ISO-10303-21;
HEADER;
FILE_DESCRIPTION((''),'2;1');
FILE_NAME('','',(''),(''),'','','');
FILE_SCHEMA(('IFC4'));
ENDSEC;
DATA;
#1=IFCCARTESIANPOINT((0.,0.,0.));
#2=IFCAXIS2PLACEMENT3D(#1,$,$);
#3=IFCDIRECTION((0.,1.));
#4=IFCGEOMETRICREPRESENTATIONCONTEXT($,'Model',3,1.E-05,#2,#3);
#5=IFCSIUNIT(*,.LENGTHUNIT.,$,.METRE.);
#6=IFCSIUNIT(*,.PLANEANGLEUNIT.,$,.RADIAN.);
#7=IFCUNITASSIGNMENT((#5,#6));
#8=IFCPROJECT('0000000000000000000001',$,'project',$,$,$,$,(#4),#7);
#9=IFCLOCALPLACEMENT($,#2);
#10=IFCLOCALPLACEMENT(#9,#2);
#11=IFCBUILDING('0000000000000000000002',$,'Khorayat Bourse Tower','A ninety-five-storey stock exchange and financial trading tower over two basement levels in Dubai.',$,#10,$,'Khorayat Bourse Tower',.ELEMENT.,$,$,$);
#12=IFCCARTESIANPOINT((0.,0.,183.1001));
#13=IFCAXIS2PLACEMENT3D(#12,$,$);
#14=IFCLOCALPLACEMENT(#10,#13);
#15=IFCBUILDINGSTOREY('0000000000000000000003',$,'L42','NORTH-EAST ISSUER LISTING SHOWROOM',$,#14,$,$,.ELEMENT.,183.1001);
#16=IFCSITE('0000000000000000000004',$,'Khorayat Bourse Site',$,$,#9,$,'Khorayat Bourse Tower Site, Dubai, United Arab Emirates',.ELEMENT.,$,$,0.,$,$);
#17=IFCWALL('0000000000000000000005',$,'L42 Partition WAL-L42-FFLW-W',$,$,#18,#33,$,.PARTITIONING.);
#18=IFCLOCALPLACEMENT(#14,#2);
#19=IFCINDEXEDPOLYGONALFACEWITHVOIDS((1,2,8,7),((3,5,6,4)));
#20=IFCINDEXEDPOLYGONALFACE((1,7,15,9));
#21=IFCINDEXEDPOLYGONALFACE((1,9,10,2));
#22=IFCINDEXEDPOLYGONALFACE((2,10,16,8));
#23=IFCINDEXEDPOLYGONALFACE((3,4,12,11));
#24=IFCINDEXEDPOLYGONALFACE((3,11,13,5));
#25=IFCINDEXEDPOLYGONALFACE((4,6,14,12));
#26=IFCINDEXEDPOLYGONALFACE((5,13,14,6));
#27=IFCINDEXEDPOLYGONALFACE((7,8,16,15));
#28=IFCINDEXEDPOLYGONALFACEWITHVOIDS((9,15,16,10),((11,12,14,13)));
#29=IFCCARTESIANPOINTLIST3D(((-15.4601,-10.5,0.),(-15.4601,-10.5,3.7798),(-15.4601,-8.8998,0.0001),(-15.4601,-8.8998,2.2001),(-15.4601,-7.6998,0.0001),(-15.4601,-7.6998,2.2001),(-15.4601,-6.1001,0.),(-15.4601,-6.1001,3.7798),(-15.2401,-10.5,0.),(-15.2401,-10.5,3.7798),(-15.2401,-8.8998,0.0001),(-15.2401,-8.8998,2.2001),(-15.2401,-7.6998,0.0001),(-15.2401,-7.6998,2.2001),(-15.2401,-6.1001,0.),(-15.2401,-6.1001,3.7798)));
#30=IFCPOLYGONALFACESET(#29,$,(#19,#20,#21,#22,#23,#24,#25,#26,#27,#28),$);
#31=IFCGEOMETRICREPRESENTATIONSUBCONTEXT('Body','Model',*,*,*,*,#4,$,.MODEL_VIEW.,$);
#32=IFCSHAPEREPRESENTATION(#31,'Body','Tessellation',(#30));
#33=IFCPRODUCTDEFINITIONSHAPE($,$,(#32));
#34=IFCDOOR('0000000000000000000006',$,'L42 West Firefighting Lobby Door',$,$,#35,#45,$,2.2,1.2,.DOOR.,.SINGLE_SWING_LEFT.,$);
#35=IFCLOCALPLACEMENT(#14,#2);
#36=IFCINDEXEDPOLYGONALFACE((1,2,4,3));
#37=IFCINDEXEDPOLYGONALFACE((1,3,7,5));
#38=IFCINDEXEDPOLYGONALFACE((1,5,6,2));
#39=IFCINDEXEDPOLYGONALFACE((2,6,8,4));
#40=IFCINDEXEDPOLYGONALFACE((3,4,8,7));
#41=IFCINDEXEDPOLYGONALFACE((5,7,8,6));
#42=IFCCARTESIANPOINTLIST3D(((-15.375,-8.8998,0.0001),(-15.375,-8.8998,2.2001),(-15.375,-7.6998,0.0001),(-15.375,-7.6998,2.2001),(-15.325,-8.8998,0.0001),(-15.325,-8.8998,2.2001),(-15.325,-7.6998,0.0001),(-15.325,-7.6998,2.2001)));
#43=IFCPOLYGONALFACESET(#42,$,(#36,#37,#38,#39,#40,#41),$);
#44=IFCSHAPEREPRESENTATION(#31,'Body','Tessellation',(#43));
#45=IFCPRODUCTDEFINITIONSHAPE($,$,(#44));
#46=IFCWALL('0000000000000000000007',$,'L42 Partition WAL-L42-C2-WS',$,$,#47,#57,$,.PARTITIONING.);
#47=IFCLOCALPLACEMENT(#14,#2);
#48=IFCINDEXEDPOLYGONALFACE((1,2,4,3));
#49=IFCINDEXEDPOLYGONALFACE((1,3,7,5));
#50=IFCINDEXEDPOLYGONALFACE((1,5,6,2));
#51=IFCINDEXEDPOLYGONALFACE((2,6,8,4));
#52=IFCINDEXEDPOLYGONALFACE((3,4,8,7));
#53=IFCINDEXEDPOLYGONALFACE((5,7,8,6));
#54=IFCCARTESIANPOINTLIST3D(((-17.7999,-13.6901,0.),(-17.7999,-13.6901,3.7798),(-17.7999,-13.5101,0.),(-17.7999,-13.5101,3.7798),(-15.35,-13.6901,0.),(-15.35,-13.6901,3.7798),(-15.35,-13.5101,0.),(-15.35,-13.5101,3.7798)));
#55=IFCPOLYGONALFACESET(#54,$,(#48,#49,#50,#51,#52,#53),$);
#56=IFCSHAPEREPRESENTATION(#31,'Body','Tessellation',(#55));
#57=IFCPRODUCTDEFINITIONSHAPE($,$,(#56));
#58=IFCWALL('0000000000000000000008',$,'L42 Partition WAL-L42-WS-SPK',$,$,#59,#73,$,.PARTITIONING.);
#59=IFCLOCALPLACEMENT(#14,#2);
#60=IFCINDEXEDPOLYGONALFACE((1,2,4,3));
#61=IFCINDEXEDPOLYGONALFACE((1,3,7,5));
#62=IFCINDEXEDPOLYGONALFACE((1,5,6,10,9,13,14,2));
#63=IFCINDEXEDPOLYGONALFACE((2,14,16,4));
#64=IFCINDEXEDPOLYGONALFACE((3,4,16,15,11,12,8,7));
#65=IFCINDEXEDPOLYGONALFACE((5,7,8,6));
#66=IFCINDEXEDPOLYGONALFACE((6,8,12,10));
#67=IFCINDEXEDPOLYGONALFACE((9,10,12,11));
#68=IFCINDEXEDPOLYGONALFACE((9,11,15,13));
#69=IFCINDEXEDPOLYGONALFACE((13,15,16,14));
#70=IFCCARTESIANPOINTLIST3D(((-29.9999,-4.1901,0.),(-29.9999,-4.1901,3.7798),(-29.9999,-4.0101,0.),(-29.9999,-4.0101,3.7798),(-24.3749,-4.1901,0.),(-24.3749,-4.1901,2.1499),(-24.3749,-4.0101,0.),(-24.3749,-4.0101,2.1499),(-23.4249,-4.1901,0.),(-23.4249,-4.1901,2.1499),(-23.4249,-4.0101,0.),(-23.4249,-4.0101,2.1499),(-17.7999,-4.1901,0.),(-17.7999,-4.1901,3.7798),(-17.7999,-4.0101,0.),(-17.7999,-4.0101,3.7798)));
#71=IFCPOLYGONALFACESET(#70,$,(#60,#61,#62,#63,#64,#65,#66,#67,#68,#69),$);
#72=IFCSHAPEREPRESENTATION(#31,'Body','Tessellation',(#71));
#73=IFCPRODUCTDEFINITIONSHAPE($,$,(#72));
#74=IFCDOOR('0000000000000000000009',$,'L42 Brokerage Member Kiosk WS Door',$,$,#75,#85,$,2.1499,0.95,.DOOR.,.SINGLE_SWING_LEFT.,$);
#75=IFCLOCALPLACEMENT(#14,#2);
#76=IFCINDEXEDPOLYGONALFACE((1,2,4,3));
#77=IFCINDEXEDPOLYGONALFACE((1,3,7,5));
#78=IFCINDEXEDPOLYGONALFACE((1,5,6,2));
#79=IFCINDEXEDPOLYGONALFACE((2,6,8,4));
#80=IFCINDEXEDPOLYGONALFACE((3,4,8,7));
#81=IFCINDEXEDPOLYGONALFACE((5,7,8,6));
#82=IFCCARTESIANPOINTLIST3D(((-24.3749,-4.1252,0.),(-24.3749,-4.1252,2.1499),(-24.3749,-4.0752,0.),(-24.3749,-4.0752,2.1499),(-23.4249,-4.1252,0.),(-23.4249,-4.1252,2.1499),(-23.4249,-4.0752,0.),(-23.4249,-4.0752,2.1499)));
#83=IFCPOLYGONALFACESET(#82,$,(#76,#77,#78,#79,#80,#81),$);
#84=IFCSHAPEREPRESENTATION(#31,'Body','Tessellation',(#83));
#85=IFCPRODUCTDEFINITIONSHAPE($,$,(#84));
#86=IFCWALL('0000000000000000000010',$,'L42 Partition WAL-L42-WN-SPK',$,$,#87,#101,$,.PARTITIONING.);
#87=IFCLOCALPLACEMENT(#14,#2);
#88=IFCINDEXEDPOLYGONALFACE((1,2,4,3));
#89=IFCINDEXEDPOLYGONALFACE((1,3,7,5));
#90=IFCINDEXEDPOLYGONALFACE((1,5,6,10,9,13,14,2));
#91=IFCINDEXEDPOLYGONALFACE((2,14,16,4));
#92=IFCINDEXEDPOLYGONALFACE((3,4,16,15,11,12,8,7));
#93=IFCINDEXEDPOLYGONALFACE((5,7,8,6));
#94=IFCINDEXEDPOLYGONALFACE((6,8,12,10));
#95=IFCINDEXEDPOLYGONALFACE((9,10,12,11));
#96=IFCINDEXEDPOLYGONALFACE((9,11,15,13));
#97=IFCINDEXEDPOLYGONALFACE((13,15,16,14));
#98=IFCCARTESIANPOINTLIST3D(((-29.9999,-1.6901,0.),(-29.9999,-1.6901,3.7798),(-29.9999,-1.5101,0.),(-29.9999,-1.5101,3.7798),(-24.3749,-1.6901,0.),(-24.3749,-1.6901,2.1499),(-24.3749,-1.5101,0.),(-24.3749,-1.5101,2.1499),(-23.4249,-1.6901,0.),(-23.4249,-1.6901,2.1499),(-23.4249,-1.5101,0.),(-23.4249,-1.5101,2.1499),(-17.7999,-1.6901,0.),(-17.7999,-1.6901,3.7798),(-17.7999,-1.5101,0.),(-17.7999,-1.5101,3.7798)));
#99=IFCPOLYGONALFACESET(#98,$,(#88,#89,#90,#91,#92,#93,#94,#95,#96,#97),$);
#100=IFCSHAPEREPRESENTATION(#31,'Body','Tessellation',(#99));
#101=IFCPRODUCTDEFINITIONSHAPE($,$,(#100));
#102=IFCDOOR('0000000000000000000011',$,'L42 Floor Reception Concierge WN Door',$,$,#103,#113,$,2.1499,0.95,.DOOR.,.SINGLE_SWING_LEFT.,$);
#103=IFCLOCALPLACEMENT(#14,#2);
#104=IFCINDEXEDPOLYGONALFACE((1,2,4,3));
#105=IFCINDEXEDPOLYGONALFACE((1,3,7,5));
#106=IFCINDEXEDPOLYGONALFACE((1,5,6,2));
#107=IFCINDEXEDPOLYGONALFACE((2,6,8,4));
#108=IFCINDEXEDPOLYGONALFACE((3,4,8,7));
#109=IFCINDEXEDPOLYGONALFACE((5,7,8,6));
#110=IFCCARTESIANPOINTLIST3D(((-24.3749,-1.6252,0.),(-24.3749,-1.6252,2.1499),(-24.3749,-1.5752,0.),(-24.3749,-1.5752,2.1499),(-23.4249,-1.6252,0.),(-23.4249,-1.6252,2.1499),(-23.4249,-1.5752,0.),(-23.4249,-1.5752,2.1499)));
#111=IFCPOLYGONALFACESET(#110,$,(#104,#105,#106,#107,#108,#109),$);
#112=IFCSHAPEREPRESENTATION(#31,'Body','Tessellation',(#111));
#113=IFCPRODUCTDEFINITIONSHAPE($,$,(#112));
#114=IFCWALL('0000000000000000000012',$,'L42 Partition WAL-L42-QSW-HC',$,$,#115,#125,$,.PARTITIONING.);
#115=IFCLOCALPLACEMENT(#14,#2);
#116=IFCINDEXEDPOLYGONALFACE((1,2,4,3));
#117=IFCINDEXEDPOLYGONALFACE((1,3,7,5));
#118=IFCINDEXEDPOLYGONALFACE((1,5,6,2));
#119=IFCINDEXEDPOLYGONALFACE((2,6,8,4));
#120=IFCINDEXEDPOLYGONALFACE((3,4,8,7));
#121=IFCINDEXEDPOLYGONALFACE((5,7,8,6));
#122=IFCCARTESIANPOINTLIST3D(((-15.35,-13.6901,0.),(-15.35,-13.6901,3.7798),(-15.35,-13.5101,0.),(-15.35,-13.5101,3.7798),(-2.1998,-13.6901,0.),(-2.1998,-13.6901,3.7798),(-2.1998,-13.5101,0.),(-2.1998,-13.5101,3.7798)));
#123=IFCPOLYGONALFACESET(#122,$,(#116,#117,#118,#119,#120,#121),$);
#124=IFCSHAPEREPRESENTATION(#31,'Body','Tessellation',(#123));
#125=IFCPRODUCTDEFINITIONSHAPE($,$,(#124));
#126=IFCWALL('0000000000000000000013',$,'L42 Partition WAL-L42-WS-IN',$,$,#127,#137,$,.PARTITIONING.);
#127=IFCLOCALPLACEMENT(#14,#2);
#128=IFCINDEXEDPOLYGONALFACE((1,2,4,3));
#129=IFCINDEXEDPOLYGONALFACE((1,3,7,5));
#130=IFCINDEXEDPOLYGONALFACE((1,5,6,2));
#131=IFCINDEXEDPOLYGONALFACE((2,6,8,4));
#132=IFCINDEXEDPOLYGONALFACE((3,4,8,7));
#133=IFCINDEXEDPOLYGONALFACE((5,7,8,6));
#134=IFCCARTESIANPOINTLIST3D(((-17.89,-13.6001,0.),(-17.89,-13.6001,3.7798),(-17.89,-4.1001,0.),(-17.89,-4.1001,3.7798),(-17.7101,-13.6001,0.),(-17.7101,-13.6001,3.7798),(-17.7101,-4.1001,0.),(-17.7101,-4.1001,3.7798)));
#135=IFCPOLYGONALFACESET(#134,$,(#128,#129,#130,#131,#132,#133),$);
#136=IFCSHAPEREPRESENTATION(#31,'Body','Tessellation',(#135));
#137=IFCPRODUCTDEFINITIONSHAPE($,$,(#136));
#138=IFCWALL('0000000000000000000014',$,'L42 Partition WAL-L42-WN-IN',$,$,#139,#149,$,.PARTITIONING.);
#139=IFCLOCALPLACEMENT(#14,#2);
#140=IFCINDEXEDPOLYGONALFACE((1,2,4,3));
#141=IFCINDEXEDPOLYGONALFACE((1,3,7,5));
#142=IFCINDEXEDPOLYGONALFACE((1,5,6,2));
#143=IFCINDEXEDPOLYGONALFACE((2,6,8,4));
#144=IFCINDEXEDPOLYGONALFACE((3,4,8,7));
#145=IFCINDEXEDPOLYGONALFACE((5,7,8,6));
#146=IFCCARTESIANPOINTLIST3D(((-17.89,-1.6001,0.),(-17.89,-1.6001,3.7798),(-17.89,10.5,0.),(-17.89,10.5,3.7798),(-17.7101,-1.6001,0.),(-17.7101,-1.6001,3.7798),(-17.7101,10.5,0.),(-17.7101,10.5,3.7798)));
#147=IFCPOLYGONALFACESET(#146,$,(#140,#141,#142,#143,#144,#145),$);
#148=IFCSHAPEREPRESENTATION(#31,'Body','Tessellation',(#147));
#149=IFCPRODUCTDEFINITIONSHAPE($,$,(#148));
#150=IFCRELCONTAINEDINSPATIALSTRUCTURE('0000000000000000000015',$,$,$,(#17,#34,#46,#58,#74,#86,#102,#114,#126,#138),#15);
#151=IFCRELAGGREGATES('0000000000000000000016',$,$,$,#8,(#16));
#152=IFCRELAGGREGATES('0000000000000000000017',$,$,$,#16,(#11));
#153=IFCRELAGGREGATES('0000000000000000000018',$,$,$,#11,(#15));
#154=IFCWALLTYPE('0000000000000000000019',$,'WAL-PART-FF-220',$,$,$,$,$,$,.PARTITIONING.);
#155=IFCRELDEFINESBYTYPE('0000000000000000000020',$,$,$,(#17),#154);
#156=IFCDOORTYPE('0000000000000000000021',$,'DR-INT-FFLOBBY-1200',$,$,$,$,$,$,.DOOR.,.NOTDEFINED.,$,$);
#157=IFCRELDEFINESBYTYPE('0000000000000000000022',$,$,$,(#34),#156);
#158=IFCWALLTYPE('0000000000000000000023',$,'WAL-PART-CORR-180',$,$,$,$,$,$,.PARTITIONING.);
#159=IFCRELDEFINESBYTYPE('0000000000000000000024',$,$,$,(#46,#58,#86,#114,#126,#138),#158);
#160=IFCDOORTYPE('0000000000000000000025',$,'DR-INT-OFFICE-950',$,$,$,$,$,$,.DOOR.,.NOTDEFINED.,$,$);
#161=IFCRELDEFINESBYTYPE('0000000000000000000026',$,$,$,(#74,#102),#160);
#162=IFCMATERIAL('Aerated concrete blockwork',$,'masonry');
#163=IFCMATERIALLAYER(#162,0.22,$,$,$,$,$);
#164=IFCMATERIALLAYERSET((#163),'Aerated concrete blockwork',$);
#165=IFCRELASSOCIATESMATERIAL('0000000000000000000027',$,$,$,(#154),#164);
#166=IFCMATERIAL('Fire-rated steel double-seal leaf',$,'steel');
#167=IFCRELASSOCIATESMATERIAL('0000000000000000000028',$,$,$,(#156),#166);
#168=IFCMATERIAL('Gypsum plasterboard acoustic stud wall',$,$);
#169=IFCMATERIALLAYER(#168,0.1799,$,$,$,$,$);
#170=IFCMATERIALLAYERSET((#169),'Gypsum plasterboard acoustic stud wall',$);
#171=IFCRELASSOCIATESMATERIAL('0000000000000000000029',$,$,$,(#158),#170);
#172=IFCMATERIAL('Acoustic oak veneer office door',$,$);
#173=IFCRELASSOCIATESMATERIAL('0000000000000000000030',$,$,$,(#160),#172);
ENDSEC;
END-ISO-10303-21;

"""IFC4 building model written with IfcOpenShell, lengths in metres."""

from ifc_helpers import new_model, si_unit, direction, frame, frame_2d, origin, place, context, subcontext, project, spatial, rectangle, extrude, source, transform, mapped, material, layer, layer_set, type_object, element, fill, save


model = new_model("IFC4")

# Units and contexts
model_context = context("Model", 3, precision=1e-05, world=origin(), true_north=direction((0.0, 1.0)))
body_context = subcontext(model_context, "Body", "Model", "MODEL_VIEW")
ifc_project = project(units=[si_unit("LENGTHUNIT", "METRE"), si_unit("PLANEANGLEUNIT", "RADIAN")], contexts=[model_context])

# Site, building, storey
site_placement = place(None, origin())
site = spatial("IfcSite", under=ifc_project, at=site_placement, Name="Khorayat Bourse Site", LongName="Khorayat Bourse Tower Site, Dubai, United Arab Emirates", CompositionType="ELEMENT", RefElevation=0.0)
building_placement = place(site_placement, origin())
building = spatial("IfcBuilding", under=site, at=building_placement, Name="Khorayat Bourse Tower", Description="A ninety-five-storey stock exchange and financial trading tower over two basement levels in Dubai.", LongName="Khorayat Bourse Tower", CompositionType="ELEMENT")
storey_placement = place(building_placement, frame((0.0, 0.0, 183.1001)))
storey = spatial("IfcBuildingStorey", under=building, at=storey_placement, Name="L42", Description="NORTH-EAST ISSUER LISTING SHOWROOM", CompositionType="ELEMENT", Elevation=183.1001)

# Shared definitions
ifc_material_1 = material(Name="Aerated concrete blockwork", Category="masonry")
ifc_layer_1 = layer(ifc_material_1, 0.22)
ifc_layer_set_1 = layer_set([ifc_layer_1], Name="Aerated concrete blockwork")
wall_type_1 = type_object("IfcWallType", Name="WAL-PART-FF-220", PredefinedType="PARTITIONING", material=ifc_layer_set_1)

# Wall, opening, door
shared_shape_1 = source(origin(), body_context, "Body", "SweptSolid", [
    extrude(rectangle(XDim=4.3999, YDim=0.22, at=frame_2d((2.2, 0.0))), origin(), (0.0, 0.0, 1.0), 3.7798),
])
wall_1_placement = place(storey_placement, frame((-15.3501, -10.5, 0.0), z_axis=(0.0, 0.0, 1.0), x_axis=(0.0, 1.0, 0.0)))
wall_1 = element("IfcWall", 1, at=wall_1_placement, inside=storey, type_object=wall_type_1, Name="L42 Partition WAL-L42-FFLW-W", PredefinedType="PARTITIONING", context=body_context, shape_type="MappedRepresentation", body=[
    mapped(shared_shape_1, transform((0.0, 0.0, 0.0), scale=1.0)),
])
shared_shape_2 = source(origin(), body_context, "Body", "SweptSolid", [
    extrude(rectangle(XDim=1.2, YDim=2.2, at=frame_2d((0.6001, 1.1001))), frame((0.0, 0.1199, 0.0), z_axis=(0.0, -1.0, 0.0), x_axis=(1.0, 0.0, 0.0)), (0.0, 0.0, 1.0), 0.24),
])
opening_1_placement = place(wall_1_placement, frame((1.6001, 0.0, 0.0)))
opening_1 = element("IfcOpeningElement", 2, at=opening_1_placement, cuts=wall_1, PredefinedType="OPENING", context=body_context, shape_type="MappedRepresentation", body=[
    mapped(shared_shape_2, transform((0.0, 0.0, 0.0), scale=1.0)),
])
ifc_material_2 = material(Name="Fire-rated steel double-seal leaf", Category="steel")
door_type_1 = type_object("IfcDoorType", Name="DR-INT-FFLOBBY-1200", OperationType="NOTDEFINED", PredefinedType="DOOR", material=ifc_material_2)
shared_shape_3 = source(origin(), body_context, "Body", "SweptSolid", [
    extrude(rectangle(XDim=1.2, YDim=2.2, at=frame_2d((0.6001, 1.1001))), frame((0.0, 0.0249, 0.0), z_axis=(0.0, -1.0, 0.0), x_axis=(1.0, 0.0, 0.0)), (0.0, 0.0, 1.0), 0.05),
])
door_1_placement = place(opening_1_placement, origin())
door_1 = element("IfcDoor", 3, at=door_1_placement, inside=storey, type_object=door_type_1, Name="L42 West Firefighting Lobby Door", OperationType="SINGLE_SWING_LEFT", OverallHeight=2.2, OverallWidth=1.2, PredefinedType="DOOR", context=body_context, shape_type="MappedRepresentation", body=[
    mapped(shared_shape_3, transform((0.0, 0.0, 0.0), scale=1.0)),
])
fill(opening_1, door_1)

# Wall
ifc_material_3 = material(Name="Gypsum plasterboard acoustic stud wall")
ifc_layer_2 = layer(ifc_material_3, 0.1799)
ifc_layer_set_2 = layer_set([ifc_layer_2], Name="Gypsum plasterboard acoustic stud wall")
wall_type_2 = type_object("IfcWallType", Name="WAL-PART-CORR-180", PredefinedType="PARTITIONING", material=ifc_layer_set_2)
shared_shape_4 = source(origin(), body_context, "Body", "SweptSolid", [
    extrude(rectangle(XDim=2.45, YDim=0.1799, at=frame_2d((1.2251, 0.0))), origin(), (0.0, 0.0, 1.0), 3.7798),
])
wall_2_placement = place(storey_placement, frame((-17.8, -13.6001, 0.0), z_axis=(0.0, 0.0, 1.0), x_axis=(1.0, 0.0, 0.0)))
element("IfcWall", 4, at=wall_2_placement, inside=storey, type_object=wall_type_2, Name="L42 Partition WAL-L42-C2-WS", PredefinedType="PARTITIONING", context=body_context, shape_type="MappedRepresentation", body=[
    mapped(shared_shape_4, transform((0.0, 0.0, 0.0), scale=1.0)),
])

# Walls, openings, doors
shared_shape_5 = source(origin(), body_context, "Body", "SweptSolid", [
    extrude(rectangle(XDim=12.2, YDim=0.1799, at=frame_2d((6.1001, 0.0))), origin(), (0.0, 0.0, 1.0), 3.7798),
])
wall_3_placement = place(storey_placement, frame((-30.0, -4.1001, 0.0), z_axis=(0.0, 0.0, 1.0), x_axis=(1.0, 0.0, 0.0)))
wall_3 = element("IfcWall", 5, at=wall_3_placement, inside=storey, type_object=wall_type_2, Name="L42 Partition WAL-L42-WS-SPK", PredefinedType="PARTITIONING", context=body_context, shape_type="MappedRepresentation", body=[
    mapped(shared_shape_5, transform((0.0, 0.0, 0.0), scale=1.0)),
])
shared_shape_6 = source(origin(), body_context, "Body", "SweptSolid", [
    extrude(rectangle(XDim=0.95, YDim=2.1499, at=frame_2d((0.4751, 1.075))), frame((0.0, 0.0999, 0.0), z_axis=(0.0, -1.0, 0.0), x_axis=(1.0, 0.0, 0.0)), (0.0, 0.0, 1.0), 0.2),
])
opening_2_placement = place(wall_3_placement, frame((5.625, 0.0, 0.0)))
opening_2 = element("IfcOpeningElement", 6, at=opening_2_placement, cuts=wall_3, PredefinedType="OPENING", context=body_context, shape_type="MappedRepresentation", body=[
    mapped(shared_shape_6, transform((0.0, 0.0, 0.0), scale=1.0)),
])
ifc_material_4 = material(Name="Acoustic oak veneer office door")
door_type_2 = type_object("IfcDoorType", Name="DR-INT-OFFICE-950", OperationType="NOTDEFINED", PredefinedType="DOOR", material=ifc_material_4)
shared_shape_7 = source(origin(), body_context, "Body", "SweptSolid", [
    extrude(rectangle(XDim=0.95, YDim=2.1499, at=frame_2d((0.4751, 1.075))), frame((0.0, 0.0249, 0.0), z_axis=(0.0, -1.0, 0.0), x_axis=(1.0, 0.0, 0.0)), (0.0, 0.0, 1.0), 0.05),
])
door_2_placement = place(opening_2_placement, origin())
door_2 = element("IfcDoor", 7, at=door_2_placement, inside=storey, type_object=door_type_2, Name="L42 Brokerage Member Kiosk WS Door", OperationType="SINGLE_SWING_LEFT", OverallHeight=2.1499, OverallWidth=0.95, PredefinedType="DOOR", context=body_context, shape_type="MappedRepresentation", body=[
    mapped(shared_shape_7, transform((0.0, 0.0, 0.0), scale=1.0)),
])
fill(opening_2, door_2)
wall_4_placement = place(storey_placement, frame((-30.0, -1.6001, 0.0), z_axis=(0.0, 0.0, 1.0), x_axis=(1.0, 0.0, 0.0)))
wall_4 = element("IfcWall", 8, at=wall_4_placement, inside=storey, type_object=wall_type_2, Name="L42 Partition WAL-L42-WN-SPK", PredefinedType="PARTITIONING", context=body_context, shape_type="MappedRepresentation", body=[
    mapped(shared_shape_5, transform((0.0, 0.0, 0.0), scale=1.0)),
])
opening_3_placement = place(wall_4_placement, frame((5.625, 0.0, 0.0)))
opening_3 = element("IfcOpeningElement", 9, at=opening_3_placement, cuts=wall_4, PredefinedType="OPENING", context=body_context, shape_type="MappedRepresentation", body=[
    mapped(shared_shape_6, transform((0.0, 0.0, 0.0), scale=1.0)),
])
door_3_placement = place(opening_3_placement, origin())
door_3 = element("IfcDoor", 10, at=door_3_placement, inside=storey, type_object=door_type_2, Name="L42 Floor Reception Concierge WN Door", OperationType="SINGLE_SWING_LEFT", OverallHeight=2.1499, OverallWidth=0.95, PredefinedType="DOOR", context=body_context, shape_type="MappedRepresentation", body=[
    mapped(shared_shape_7, transform((0.0, 0.0, 0.0), scale=1.0)),
])
fill(opening_3, door_3)

# Walls
shared_shape_8 = source(origin(), body_context, "Body", "SweptSolid", [
    extrude(rectangle(XDim=13.1501, YDim=0.1799, at=frame_2d((6.5752, 0.0))), origin(), (0.0, 0.0, 1.0), 3.7798),
])
wall_5_placement = place(storey_placement, frame((-15.3501, -13.6001, 0.0), z_axis=(0.0, 0.0, 1.0), x_axis=(1.0, 0.0, 0.0)))
element("IfcWall", 11, at=wall_5_placement, inside=storey, type_object=wall_type_2, Name="L42 Partition WAL-L42-QSW-HC", PredefinedType="PARTITIONING", context=body_context, shape_type="MappedRepresentation", body=[
    mapped(shared_shape_8, transform((0.0, 0.0, 0.0), scale=1.0)),
])
shared_shape_9 = source(origin(), body_context, "Body", "SweptSolid", [
    extrude(rectangle(XDim=9.5, YDim=0.1799, at=frame_2d((4.75, 0.0))), origin(), (0.0, 0.0, 1.0), 3.7798),
])
wall_6_placement = place(storey_placement, frame((-17.8, -13.6001, 0.0), z_axis=(0.0, 0.0, 1.0), x_axis=(0.0, 1.0, 0.0)))
element("IfcWall", 12, at=wall_6_placement, inside=storey, type_object=wall_type_2, Name="L42 Partition WAL-L42-WS-IN", PredefinedType="PARTITIONING", context=body_context, shape_type="MappedRepresentation", body=[
    mapped(shared_shape_9, transform((0.0, 0.0, 0.0), scale=1.0)),
])
shared_shape_10 = source(origin(), body_context, "Body", "SweptSolid", [
    extrude(rectangle(XDim=12.1001, YDim=0.1799, at=frame_2d((6.05, 0.0))), origin(), (0.0, 0.0, 1.0), 3.7798),
])
wall_7_placement = place(storey_placement, frame((-17.8, -1.6001, 0.0), z_axis=(0.0, 0.0, 1.0), x_axis=(0.0, 1.0, 0.0)))
element("IfcWall", 13, at=wall_7_placement, inside=storey, type_object=wall_type_2, Name="L42 Partition WAL-L42-WN-IN", PredefinedType="PARTITIONING", context=body_context, shape_type="MappedRepresentation", body=[
    mapped(shared_shape_10, transform((0.0, 0.0, 0.0), scale=1.0)),
])

save(model, "model.ifc")
